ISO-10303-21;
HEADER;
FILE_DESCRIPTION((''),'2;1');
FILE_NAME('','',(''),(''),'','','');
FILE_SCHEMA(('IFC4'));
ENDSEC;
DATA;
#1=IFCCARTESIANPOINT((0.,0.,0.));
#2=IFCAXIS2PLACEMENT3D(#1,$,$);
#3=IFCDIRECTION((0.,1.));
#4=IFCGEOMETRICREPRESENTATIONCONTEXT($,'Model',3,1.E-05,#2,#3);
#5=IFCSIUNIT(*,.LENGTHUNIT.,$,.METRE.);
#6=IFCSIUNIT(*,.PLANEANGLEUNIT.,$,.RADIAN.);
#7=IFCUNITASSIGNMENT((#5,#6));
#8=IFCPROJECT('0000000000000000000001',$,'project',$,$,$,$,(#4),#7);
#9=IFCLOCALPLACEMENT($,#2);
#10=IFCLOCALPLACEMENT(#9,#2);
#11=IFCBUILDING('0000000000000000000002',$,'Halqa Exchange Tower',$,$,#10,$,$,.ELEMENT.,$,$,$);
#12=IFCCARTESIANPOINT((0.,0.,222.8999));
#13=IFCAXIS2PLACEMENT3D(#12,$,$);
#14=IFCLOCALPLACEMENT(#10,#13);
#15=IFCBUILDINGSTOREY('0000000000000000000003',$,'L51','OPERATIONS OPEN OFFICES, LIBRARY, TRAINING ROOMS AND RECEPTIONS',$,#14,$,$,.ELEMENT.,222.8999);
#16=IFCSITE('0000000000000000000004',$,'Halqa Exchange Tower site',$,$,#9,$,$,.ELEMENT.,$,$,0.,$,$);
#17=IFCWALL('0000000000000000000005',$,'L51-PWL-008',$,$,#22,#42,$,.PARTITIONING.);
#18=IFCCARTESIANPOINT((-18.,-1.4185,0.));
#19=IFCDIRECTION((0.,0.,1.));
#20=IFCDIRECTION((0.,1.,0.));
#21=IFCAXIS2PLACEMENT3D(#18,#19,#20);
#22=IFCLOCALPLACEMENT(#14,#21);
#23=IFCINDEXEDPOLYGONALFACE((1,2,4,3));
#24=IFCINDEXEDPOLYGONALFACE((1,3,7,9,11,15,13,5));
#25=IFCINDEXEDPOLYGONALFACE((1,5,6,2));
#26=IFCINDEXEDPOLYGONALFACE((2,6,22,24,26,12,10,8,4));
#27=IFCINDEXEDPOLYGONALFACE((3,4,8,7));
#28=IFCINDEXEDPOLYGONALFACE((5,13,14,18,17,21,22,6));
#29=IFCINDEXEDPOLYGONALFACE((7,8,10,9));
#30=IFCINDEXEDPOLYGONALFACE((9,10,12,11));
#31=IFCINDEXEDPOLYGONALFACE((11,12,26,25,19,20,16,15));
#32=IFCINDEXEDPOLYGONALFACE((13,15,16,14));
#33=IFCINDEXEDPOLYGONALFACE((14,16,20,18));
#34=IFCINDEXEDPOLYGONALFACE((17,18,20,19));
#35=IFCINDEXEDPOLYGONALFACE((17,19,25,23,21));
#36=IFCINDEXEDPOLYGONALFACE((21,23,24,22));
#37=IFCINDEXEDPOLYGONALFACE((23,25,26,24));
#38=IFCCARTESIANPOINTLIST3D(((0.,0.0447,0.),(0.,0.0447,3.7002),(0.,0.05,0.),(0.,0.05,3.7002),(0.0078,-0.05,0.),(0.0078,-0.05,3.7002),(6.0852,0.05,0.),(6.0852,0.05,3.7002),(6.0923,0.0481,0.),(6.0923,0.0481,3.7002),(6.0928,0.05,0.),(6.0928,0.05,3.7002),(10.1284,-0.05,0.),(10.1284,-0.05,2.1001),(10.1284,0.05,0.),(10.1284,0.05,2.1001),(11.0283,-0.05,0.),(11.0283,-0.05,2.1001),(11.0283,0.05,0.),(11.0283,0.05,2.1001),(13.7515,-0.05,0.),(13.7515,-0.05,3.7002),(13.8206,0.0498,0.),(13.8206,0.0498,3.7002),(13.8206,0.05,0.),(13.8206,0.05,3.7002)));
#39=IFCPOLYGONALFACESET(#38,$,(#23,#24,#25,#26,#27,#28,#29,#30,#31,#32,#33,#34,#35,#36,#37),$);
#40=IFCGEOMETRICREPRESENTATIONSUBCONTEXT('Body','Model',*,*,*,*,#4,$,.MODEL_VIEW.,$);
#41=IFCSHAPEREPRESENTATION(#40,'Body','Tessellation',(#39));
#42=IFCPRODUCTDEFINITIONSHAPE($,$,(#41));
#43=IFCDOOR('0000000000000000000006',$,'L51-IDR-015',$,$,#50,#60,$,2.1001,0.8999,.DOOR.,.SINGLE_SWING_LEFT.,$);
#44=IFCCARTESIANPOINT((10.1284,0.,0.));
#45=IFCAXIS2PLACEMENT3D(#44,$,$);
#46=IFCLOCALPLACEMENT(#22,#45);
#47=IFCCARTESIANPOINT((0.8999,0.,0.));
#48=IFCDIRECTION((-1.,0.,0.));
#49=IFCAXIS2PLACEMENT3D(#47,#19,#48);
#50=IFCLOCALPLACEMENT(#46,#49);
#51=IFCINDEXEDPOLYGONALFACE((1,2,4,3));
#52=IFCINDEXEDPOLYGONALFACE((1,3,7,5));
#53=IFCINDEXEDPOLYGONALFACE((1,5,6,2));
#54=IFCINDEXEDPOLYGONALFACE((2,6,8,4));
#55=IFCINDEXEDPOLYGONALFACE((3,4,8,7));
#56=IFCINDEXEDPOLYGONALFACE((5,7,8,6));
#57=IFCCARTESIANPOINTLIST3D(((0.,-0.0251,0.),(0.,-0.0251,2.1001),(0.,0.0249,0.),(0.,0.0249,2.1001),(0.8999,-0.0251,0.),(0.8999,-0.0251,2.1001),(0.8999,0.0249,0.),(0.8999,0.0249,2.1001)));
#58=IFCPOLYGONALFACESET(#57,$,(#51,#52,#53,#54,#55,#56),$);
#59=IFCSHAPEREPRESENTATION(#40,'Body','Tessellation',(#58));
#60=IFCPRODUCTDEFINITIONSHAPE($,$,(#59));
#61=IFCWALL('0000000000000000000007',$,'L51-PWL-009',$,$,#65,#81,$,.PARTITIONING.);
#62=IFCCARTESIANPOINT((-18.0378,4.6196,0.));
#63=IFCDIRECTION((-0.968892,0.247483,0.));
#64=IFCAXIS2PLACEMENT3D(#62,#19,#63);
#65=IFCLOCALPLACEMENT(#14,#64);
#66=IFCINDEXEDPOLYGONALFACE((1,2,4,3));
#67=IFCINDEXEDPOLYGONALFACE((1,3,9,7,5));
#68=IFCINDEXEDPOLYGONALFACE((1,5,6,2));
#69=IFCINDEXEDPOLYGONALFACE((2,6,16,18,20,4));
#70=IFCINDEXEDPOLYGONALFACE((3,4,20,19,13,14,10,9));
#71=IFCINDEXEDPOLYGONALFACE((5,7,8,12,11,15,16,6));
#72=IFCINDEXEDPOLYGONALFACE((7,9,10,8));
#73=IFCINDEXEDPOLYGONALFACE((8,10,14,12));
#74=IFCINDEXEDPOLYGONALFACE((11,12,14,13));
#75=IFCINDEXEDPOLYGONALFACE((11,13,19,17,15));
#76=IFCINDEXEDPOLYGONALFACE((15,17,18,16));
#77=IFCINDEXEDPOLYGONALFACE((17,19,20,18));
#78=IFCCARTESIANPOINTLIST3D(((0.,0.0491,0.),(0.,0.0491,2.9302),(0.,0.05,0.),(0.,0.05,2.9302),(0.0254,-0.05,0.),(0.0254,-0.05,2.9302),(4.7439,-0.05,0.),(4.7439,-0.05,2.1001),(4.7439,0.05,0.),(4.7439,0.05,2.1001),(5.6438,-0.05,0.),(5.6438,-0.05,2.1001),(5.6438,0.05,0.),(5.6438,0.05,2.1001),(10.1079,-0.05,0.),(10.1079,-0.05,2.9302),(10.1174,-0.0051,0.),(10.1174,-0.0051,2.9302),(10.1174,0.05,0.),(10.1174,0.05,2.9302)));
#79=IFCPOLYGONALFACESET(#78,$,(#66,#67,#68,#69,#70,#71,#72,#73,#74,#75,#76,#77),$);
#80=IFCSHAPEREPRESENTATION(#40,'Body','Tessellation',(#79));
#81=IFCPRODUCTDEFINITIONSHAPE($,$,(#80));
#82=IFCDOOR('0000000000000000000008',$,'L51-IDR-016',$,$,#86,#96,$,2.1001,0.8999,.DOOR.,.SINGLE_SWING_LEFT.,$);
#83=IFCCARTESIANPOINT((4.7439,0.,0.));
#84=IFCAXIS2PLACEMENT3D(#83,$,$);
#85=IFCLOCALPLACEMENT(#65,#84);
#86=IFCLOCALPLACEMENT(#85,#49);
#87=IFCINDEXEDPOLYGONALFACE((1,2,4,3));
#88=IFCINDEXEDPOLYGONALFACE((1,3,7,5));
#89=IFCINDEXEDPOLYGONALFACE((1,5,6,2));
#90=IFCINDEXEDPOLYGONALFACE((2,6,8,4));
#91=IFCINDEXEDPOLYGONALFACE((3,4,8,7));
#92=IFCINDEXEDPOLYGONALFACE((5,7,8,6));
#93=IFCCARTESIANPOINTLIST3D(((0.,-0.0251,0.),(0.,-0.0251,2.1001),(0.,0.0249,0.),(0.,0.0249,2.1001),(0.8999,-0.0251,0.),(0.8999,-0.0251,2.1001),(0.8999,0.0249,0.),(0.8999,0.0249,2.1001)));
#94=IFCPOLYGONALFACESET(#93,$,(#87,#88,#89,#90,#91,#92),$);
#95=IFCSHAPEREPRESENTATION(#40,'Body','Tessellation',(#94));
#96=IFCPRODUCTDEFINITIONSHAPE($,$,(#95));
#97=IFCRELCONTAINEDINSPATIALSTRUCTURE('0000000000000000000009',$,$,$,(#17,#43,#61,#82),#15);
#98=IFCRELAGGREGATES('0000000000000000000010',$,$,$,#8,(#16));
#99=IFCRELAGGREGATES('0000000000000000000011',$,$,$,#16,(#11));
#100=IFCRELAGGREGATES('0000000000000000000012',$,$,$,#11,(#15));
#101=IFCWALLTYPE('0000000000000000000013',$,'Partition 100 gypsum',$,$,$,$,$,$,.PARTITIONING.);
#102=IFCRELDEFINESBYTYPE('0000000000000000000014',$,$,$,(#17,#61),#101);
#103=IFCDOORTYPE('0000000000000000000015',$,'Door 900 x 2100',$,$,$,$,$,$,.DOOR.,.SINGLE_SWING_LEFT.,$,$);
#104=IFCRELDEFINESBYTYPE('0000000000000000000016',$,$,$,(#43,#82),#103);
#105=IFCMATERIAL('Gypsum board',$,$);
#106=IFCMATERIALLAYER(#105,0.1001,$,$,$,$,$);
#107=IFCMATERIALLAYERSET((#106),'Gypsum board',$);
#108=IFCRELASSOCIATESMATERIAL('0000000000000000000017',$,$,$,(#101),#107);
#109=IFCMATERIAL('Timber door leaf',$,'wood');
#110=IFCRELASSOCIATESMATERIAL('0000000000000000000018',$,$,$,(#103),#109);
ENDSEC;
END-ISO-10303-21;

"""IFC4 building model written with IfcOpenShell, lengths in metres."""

from ifc_helpers import new_model, si_unit, direction, frame, frame_2d, origin, place, context, subcontext, project, spatial, polyline, rectangle, outline, extrude, material, layer, layer_set, type_object, element, fill, save


model = new_model("IFC4")

# Units and contexts
model_context = context("Model", 3, precision=1e-05, world=origin(), true_north=direction((0.0, 1.0)))
body_context = subcontext(model_context, "Body", "Model", "MODEL_VIEW")
ifc_project = project(units=[si_unit("LENGTHUNIT", "METRE"), si_unit("PLANEANGLEUNIT", "RADIAN")], contexts=[model_context])

# Site, building, storey
site_placement = place(None, origin())
site = spatial("IfcSite", under=ifc_project, at=site_placement, Name="Halqa Exchange Tower site", CompositionType="ELEMENT", RefElevation=0.0)
building_placement = place(site_placement, origin())
building = spatial("IfcBuilding", under=site, at=building_placement, Name="Halqa Exchange Tower", CompositionType="ELEMENT")
storey_placement = place(building_placement, frame((0.0, 0.0, 222.8999)))
storey = spatial("IfcBuildingStorey", under=building, at=storey_placement, Name="L51", Description="OPERATIONS OPEN OFFICES, LIBRARY, TRAINING ROOMS AND RECEPTIONS", CompositionType="ELEMENT", Elevation=222.8999)

# Walls, openings, doors
ifc_material_1 = material(Name="Gypsum board")
ifc_layer_1 = layer(ifc_material_1, 0.1001)
ifc_layer_set_1 = layer_set([ifc_layer_1], Name="Gypsum board")
wall_type_1 = type_object("IfcWallType", Name="Partition 100 gypsum", PredefinedType="PARTITIONING", material=ifc_layer_set_1)
wall_1_placement = place(storey_placement, frame((-18.0, -1.4185, 0.0), z_axis=(0.0, 0.0, 1.0), x_axis=(0.0, 1.0, 0.0)))
wall_1 = element("IfcWall", 1, at=wall_1_placement, inside=storey, type_object=wall_type_1, Name="L51-PWL-008", PredefinedType="PARTITIONING", context=body_context, shape_type="SweptSolid", body=[
    extrude(outline(polyline([(0.0078, -0.05), (1.813, -0.05), (3.6182, -0.05), (5.4233, -0.05), (7.2285, -0.05), (7.2285, -0.05), (7.3284, -0.05), (7.3284, -0.05), (8.9343, -0.05), (10.54, -0.05), (12.1458, -0.05), (13.7515, -0.05), (13.8206, 0.0498), (13.8206, 0.05), (11.8887, 0.05), (9.9568, 0.05), (8.0247, 0.05), (6.0928, 0.05), (6.0923, 0.0481), (6.0852, 0.05), (4.5637, 0.05), (3.0425, 0.05), (1.5212, 0.05), (0.0, 0.05), (0.0, 0.0447), (0.0078, -0.05)])), origin(), (0.0, 0.0, 1.0), 3.7002),
])
opening_1_placement = place(wall_1_placement, frame((10.1284, 0.0, 0.0)))
opening_1 = element("IfcOpeningElement", 2, at=opening_1_placement, cuts=wall_1, PredefinedType="OPENING", context=body_context, shape_type="SweptSolid", body=[
    extrude(rectangle(XDim=0.8999, YDim=2.1001, at=frame_2d((0.45, 1.05))), frame((0.0, 0.062, 0.0), z_axis=(0.0, -1.0, 0.0), x_axis=(1.0, 0.0, 0.0)), (0.0, 0.0, 1.0), 0.124),
])
ifc_material_2 = material(Name="Timber door leaf", Category="wood")
door_type_1 = type_object("IfcDoorType", Name="Door 900 x 2100", OperationType="SINGLE_SWING_LEFT", PredefinedType="DOOR", material=ifc_material_2)
door_1_placement = place(opening_1_placement, frame((0.8999, 0.0, 0.0), z_axis=(0.0, 0.0, 1.0), x_axis=(-1.0, 0.0, 0.0)))
door_1 = element("IfcDoor", 3, at=door_1_placement, inside=storey, type_object=door_type_1, Name="L51-IDR-015", OperationType="SINGLE_SWING_LEFT", OverallHeight=2.1001, OverallWidth=0.8999, PredefinedType="DOOR", context=body_context, shape_type="SweptSolid", body=[
    extrude(rectangle(XDim=0.8999, YDim=2.1001, at=frame_2d((0.45, 1.05))), frame((0.0, 0.0249, 0.0), z_axis=(0.0, -1.0, 0.0), x_axis=(1.0, 0.0, 0.0)), (0.0, 0.0, 1.0), 0.05),
])
fill(opening_1, door_1)
wall_2_placement = place(storey_placement, frame((-18.0378, 4.6196, 0.0), z_axis=(0.0, 0.0, 1.0), x_axis=(-0.968892, 0.247483, 0.0)))
wall_2 = element("IfcWall", 4, at=wall_2_placement, inside=storey, type_object=wall_type_1, Name="L51-PWL-009", PredefinedType="PARTITIONING", context=body_context, shape_type="SweptSolid", body=[
    extrude(outline(polyline([(0.0254, -0.05), (1.7058, -0.05), (3.3862, -0.05), (5.0667, -0.05), (6.7471, -0.05), (8.4275, -0.05), (10.1079, -0.05), (10.1174, -0.0051), (10.1174, 0.05), (8.4312, 0.05), (6.7449, 0.05), (5.0586, 0.05), (3.3726, 0.05), (1.6863, 0.05), (0.0, 0.05), (0.0, 0.0491), (0.0254, -0.05)])), origin(), (0.0, 0.0, 1.0), 2.9302),
])
opening_2_placement = place(wall_2_placement, frame((4.7439, 0.0, 0.0)))
opening_2 = element("IfcOpeningElement", 5, at=opening_2_placement, cuts=wall_2, PredefinedType="OPENING", context=body_context, shape_type="SweptSolid", body=[
    extrude(rectangle(XDim=0.8999, YDim=2.1001, at=frame_2d((0.45, 1.05))), frame((0.0, 0.062, 0.0), z_axis=(0.0, -1.0, 0.0), x_axis=(1.0, 0.0, 0.0)), (0.0, 0.0, 1.0), 0.124),
])
door_2_placement = place(opening_2_placement, frame((0.8999, 0.0, 0.0), z_axis=(0.0, 0.0, 1.0), x_axis=(-1.0, 0.0, 0.0)))
door_2 = element("IfcDoor", 6, at=door_2_placement, inside=storey, type_object=door_type_1, Name="L51-IDR-016", OperationType="SINGLE_SWING_LEFT", OverallHeight=2.1001, OverallWidth=0.8999, PredefinedType="DOOR", context=body_context, shape_type="SweptSolid", body=[
    extrude(rectangle(XDim=0.8999, YDim=2.1001, at=frame_2d((0.45, 1.05))), frame((0.0, 0.0249, 0.0), z_axis=(0.0, -1.0, 0.0), x_axis=(1.0, 0.0, 0.0)), (0.0, 0.0, 1.0), 0.05),
])
fill(opening_2, door_2)

save(model, "model.ifc")
